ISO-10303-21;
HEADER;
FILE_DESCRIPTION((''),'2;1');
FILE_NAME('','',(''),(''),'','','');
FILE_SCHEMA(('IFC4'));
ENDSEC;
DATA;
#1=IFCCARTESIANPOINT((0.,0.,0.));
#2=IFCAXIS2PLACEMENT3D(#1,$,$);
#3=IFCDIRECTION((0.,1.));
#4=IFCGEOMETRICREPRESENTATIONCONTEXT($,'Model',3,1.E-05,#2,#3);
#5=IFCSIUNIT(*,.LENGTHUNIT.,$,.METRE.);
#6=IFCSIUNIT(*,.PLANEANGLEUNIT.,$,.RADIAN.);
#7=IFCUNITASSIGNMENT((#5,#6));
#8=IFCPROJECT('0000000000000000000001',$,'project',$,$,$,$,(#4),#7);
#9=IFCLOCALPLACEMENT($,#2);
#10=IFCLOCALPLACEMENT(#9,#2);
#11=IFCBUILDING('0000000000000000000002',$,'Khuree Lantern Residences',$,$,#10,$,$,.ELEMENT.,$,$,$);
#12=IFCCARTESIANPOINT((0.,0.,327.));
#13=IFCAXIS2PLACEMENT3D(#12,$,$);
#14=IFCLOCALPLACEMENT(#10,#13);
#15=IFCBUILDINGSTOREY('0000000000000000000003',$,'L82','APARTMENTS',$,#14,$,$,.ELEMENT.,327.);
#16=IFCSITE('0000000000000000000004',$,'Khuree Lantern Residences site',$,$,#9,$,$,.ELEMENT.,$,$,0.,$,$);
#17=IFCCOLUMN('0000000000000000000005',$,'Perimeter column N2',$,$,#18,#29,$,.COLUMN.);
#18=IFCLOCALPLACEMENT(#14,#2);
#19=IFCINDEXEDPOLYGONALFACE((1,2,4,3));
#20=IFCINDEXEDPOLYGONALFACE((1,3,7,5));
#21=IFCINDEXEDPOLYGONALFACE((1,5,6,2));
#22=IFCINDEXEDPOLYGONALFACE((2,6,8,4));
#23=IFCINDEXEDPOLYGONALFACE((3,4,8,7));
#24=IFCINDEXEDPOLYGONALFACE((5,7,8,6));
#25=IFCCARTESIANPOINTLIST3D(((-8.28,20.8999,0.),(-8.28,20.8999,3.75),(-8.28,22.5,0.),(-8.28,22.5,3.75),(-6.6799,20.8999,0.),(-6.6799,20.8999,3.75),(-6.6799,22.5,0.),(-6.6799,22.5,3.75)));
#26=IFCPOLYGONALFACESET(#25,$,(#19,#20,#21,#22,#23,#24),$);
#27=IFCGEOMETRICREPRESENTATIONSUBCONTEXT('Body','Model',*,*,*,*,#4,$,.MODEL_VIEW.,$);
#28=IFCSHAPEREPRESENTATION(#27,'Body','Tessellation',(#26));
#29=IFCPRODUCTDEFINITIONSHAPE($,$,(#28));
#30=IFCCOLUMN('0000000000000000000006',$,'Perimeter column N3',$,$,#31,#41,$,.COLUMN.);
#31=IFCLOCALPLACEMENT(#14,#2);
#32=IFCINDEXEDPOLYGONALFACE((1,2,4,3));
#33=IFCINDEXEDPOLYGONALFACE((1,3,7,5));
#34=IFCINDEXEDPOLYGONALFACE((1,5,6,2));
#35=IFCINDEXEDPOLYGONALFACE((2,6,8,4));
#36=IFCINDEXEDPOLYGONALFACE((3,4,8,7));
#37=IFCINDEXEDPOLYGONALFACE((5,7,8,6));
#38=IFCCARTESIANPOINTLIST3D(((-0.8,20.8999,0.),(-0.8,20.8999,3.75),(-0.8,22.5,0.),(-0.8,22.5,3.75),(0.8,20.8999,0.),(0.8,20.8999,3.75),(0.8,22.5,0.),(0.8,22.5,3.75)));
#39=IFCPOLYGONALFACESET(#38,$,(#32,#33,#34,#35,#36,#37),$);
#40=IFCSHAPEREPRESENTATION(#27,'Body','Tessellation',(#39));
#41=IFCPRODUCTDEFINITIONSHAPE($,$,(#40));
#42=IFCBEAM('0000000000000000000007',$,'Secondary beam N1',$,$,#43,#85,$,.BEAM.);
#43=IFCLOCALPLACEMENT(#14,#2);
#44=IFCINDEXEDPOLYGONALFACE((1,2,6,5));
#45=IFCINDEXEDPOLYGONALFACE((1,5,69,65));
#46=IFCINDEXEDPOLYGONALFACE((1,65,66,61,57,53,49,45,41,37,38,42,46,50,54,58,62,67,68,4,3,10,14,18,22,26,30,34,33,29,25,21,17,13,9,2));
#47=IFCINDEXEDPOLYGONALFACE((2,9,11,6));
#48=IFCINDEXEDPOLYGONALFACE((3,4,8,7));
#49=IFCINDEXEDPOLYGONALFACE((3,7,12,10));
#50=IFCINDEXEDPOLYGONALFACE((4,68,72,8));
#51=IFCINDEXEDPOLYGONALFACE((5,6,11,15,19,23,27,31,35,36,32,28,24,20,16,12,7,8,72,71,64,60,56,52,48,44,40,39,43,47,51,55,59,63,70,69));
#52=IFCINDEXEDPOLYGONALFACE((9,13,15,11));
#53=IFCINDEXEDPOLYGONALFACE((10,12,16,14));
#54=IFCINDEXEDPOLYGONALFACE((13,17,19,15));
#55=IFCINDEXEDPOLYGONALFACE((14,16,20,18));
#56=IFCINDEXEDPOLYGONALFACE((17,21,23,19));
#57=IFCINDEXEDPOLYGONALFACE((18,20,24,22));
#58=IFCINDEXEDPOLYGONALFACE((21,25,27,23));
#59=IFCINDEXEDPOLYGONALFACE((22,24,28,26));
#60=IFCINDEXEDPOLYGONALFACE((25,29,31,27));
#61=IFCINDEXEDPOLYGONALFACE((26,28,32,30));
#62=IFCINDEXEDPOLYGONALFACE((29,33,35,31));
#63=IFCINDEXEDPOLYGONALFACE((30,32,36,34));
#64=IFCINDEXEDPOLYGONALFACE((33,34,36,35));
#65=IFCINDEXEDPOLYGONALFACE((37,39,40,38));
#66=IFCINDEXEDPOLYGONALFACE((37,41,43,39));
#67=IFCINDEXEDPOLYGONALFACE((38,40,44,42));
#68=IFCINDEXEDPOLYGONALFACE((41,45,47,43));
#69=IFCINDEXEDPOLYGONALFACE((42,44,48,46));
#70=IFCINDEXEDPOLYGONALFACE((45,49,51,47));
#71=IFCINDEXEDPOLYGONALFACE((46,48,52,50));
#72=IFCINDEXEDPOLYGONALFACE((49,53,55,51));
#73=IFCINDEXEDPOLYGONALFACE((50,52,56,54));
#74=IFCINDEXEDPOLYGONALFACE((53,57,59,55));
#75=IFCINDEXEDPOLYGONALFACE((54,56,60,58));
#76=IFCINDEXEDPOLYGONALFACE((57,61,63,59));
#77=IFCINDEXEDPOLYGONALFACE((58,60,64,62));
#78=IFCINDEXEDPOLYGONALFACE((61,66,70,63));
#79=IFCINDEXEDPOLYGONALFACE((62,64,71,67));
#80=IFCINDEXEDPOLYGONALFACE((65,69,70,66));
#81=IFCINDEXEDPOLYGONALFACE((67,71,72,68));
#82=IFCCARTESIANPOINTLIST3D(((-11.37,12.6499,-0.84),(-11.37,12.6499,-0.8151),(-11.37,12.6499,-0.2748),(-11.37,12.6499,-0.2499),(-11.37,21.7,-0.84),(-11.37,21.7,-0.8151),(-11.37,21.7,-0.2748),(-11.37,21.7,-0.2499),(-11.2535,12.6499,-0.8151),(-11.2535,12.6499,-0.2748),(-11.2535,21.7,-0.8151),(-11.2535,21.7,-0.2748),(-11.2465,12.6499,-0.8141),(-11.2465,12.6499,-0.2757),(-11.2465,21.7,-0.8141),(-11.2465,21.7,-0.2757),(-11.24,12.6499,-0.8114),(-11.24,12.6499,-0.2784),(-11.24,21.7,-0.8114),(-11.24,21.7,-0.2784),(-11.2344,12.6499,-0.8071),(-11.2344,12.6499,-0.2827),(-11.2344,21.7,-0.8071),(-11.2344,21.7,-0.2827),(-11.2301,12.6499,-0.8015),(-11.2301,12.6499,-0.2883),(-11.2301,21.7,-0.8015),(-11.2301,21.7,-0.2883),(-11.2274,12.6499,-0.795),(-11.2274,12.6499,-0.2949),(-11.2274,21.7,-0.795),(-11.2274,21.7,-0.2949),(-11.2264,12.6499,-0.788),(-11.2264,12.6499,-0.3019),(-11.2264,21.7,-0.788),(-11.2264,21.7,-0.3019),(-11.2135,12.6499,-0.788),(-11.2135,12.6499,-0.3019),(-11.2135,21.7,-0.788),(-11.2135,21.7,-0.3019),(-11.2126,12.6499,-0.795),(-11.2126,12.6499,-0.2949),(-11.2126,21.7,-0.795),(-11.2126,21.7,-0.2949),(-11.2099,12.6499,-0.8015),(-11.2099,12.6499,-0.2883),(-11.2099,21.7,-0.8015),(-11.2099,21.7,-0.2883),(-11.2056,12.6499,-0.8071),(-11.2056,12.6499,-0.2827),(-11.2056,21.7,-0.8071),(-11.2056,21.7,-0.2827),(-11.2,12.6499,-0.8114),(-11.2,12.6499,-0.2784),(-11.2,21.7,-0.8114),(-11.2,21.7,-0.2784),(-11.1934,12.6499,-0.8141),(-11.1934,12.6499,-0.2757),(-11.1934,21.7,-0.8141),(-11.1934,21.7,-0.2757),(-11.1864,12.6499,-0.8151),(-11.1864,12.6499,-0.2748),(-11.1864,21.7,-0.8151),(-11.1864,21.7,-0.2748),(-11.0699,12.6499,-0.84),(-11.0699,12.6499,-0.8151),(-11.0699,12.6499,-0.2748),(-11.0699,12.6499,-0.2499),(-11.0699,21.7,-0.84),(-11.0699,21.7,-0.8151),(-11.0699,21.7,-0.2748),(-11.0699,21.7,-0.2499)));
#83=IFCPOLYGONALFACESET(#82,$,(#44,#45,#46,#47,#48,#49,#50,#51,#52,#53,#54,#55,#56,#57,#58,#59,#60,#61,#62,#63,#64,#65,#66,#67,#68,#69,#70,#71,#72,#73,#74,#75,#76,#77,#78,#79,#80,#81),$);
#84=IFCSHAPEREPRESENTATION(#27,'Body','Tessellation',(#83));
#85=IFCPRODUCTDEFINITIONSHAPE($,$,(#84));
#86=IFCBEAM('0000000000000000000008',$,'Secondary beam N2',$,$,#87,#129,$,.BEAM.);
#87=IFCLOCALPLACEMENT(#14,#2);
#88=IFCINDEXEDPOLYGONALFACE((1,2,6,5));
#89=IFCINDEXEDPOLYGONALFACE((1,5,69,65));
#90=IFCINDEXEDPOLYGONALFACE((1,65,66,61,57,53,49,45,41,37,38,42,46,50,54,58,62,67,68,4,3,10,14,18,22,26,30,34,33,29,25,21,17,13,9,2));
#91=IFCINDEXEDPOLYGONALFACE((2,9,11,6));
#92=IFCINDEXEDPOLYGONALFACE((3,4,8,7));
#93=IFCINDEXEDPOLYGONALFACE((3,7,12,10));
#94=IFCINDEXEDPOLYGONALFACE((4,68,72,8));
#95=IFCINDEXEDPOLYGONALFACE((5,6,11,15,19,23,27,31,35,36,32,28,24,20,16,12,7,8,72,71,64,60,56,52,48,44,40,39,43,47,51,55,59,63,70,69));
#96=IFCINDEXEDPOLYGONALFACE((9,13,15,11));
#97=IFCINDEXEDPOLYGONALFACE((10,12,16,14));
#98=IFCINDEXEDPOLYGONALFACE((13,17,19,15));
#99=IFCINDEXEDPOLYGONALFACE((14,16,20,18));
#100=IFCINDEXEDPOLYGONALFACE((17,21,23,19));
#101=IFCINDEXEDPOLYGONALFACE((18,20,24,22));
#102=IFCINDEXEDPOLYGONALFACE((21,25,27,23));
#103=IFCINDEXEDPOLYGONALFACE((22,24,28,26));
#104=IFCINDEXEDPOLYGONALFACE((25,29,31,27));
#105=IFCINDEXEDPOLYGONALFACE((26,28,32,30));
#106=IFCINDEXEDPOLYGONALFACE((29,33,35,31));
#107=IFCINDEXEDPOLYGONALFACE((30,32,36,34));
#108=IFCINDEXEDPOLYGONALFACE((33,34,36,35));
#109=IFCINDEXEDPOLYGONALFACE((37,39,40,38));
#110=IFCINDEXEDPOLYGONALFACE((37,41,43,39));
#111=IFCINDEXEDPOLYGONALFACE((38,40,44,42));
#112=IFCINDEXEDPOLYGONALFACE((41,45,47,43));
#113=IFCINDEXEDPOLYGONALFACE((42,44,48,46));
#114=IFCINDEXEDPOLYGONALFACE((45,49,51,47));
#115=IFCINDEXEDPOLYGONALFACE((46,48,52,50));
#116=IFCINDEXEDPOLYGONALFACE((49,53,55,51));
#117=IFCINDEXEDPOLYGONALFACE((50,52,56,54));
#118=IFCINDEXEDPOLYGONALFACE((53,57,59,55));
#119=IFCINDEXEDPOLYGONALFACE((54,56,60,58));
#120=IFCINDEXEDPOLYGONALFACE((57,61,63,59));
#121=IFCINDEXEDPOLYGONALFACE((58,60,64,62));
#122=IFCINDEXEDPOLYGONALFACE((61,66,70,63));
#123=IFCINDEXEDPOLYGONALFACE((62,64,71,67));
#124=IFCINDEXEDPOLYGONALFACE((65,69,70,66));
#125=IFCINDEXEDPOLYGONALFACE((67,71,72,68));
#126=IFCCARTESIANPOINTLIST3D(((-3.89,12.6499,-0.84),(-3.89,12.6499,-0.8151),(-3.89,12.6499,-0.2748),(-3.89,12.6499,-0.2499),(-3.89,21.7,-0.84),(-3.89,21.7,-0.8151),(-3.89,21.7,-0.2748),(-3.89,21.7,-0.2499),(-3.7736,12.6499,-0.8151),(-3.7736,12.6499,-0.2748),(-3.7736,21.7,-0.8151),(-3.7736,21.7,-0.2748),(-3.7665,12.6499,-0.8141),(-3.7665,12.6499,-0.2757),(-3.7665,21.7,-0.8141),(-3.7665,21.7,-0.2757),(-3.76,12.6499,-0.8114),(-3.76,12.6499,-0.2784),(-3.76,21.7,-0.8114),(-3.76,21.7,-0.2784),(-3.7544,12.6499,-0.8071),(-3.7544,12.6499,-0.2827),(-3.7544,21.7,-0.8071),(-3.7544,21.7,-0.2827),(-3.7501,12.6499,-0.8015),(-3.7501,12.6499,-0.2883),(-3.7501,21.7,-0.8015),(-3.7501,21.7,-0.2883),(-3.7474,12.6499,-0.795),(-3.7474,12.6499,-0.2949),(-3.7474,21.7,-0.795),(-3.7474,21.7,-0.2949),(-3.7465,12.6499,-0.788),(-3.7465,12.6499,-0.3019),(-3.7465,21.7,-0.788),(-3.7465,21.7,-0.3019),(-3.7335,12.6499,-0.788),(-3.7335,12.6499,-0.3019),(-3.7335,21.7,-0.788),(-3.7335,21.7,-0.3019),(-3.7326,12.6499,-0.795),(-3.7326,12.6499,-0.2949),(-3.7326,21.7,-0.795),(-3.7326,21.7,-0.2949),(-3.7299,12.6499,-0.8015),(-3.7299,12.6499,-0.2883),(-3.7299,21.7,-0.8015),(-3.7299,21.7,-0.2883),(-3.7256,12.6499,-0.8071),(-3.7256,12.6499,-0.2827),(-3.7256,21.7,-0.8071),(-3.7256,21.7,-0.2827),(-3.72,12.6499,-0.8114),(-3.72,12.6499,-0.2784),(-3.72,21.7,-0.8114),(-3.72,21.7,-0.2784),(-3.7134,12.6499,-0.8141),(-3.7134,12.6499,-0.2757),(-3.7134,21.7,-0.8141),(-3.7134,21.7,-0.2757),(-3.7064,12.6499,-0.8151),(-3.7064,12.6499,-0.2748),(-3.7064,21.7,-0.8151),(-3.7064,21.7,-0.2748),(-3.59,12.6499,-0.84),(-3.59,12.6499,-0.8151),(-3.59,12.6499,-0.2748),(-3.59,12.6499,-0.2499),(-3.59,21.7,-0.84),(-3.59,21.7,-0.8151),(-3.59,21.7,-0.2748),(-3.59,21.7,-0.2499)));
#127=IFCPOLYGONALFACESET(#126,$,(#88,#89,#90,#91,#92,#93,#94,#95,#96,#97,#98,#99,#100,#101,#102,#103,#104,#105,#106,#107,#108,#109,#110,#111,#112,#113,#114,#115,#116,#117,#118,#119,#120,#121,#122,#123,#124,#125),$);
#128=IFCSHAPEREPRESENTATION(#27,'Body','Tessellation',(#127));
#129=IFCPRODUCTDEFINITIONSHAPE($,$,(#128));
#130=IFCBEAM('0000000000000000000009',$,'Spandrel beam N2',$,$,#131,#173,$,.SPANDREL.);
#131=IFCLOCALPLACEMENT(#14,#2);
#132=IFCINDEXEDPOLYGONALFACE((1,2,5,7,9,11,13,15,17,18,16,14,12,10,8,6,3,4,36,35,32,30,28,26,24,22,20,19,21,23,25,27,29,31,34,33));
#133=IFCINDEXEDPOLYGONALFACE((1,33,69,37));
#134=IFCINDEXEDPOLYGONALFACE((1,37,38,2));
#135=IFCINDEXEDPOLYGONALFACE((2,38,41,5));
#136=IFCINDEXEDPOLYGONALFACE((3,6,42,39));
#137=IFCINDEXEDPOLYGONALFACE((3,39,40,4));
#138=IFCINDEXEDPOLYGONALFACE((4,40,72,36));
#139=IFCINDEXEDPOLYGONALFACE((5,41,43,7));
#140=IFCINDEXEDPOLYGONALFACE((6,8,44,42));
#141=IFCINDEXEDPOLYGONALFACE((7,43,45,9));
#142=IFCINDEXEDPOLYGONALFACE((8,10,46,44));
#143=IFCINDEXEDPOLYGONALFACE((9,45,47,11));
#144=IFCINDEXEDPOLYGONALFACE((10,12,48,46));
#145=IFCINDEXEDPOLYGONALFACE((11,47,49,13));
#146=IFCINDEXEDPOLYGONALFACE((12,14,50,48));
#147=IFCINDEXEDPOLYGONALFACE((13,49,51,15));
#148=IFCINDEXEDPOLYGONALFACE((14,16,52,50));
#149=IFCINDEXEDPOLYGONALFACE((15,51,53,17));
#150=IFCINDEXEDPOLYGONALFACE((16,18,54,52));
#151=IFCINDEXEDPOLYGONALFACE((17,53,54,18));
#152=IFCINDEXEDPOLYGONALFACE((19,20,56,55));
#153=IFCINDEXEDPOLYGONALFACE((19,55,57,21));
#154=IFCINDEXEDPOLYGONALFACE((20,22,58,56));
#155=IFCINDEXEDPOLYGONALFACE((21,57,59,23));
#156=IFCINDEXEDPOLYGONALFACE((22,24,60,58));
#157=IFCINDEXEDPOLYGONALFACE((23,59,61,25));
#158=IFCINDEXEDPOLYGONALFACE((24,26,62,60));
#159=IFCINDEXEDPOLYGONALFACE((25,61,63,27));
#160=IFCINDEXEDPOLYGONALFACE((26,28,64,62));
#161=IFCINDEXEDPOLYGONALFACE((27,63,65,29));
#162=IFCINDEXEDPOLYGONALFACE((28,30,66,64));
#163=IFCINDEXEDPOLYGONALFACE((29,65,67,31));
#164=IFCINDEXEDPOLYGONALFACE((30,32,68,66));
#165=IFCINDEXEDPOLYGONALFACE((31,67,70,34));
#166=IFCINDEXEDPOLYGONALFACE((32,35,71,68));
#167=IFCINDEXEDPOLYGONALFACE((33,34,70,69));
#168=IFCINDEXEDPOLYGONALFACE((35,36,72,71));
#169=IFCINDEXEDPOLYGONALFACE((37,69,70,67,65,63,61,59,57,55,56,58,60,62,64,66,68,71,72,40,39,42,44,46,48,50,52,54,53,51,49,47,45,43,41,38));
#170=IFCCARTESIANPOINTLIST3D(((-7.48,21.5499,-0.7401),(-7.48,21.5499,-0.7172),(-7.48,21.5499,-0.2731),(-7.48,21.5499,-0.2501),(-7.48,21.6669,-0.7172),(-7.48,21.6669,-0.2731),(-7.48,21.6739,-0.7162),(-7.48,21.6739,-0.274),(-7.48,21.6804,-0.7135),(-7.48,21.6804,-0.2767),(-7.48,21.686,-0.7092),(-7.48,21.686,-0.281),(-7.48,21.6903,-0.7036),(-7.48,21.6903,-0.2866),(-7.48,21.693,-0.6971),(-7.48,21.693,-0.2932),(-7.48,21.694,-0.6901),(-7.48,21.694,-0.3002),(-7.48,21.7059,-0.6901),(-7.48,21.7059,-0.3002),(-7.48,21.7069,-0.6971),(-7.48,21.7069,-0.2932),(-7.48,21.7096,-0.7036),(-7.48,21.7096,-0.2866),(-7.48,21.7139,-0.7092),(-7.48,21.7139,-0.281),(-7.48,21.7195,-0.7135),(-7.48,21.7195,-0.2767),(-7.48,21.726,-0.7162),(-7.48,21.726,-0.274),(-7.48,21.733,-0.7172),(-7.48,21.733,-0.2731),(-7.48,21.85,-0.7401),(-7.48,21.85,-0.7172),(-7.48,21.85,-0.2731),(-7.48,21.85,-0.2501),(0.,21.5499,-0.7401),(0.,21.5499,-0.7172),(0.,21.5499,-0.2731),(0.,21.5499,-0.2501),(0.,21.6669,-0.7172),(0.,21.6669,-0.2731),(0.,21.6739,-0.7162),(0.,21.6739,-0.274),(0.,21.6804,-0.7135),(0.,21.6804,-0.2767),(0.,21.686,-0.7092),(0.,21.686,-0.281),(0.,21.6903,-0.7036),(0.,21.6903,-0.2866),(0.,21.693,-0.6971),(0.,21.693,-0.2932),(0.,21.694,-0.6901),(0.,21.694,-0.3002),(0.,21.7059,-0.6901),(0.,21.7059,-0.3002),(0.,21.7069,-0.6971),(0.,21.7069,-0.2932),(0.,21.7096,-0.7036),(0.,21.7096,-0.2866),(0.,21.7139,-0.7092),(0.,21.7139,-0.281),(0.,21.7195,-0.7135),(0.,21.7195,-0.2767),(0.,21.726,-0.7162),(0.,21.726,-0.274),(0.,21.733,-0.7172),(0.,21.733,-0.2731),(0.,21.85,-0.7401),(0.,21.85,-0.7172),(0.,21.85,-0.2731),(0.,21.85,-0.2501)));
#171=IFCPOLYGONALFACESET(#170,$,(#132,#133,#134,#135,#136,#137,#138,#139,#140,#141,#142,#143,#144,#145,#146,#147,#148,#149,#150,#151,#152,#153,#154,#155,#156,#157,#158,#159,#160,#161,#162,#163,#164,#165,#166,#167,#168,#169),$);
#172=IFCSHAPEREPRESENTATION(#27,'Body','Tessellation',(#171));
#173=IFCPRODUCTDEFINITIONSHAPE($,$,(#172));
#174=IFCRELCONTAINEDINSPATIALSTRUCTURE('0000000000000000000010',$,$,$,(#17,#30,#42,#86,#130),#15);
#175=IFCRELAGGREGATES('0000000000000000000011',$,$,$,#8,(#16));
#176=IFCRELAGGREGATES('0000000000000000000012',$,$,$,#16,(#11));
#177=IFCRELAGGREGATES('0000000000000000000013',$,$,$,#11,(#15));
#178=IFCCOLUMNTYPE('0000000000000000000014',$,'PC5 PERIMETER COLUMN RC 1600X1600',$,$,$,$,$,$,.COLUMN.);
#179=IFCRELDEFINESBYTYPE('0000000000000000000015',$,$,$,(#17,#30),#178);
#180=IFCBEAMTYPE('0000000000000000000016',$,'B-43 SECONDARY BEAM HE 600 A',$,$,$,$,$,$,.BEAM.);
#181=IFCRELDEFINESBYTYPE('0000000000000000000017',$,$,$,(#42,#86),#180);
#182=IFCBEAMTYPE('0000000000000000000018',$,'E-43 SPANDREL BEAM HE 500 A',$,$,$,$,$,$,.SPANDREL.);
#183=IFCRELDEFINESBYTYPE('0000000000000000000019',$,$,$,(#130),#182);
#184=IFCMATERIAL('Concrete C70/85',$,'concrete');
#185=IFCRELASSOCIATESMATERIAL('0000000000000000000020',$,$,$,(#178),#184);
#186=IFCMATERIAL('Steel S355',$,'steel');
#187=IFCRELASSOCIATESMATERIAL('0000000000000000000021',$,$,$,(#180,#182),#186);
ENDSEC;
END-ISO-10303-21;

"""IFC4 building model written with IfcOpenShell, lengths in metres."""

from ifc_helpers import new_model, si_unit, direction, frame, origin, origin_2d, place, context, subcontext, project, spatial, rectangle, i_section, extrude, material, material_profile, profile_set, type_object, element, save


model = new_model("IFC4")

# Units and contexts
model_context = context("Model", 3, precision=1e-05, world=origin(), true_north=direction((0.0, 1.0)))
body_context = subcontext(model_context, "Body", "Model", "MODEL_VIEW")
ifc_project = project(units=[si_unit("LENGTHUNIT", "METRE"), si_unit("PLANEANGLEUNIT", "RADIAN")], contexts=[model_context])

# Site, building, storey
site_placement = place(None, origin())
site = spatial("IfcSite", under=ifc_project, at=site_placement, Name="Khuree Lantern Residences site", CompositionType="ELEMENT", RefElevation=0.0)
building_placement = place(site_placement, origin())
building = spatial("IfcBuilding", under=site, at=building_placement, Name="Khuree Lantern Residences", CompositionType="ELEMENT")
storey_placement = place(building_placement, frame((0.0, 0.0, 327.0)))
storey = spatial("IfcBuildingStorey", under=building, at=storey_placement, Name="L82", Description="APARTMENTS", CompositionType="ELEMENT", Elevation=327.0)

# Columns
ifc_material_1 = material(Name="Concrete C70/85", Category="concrete")
ifc_material_profile_1 = material_profile(ifc_material_1, rectangle(XDim=1.6001, YDim=1.6001, at=origin_2d()), Name="RC 1600X1600")
ifc_profile_set_1 = profile_set([ifc_material_profile_1], Name="Concrete C70/85")
column_type = type_object("IfcColumnType", Name="PC5 PERIMETER COLUMN RC 1600X1600", PredefinedType="COLUMN", material=ifc_profile_set_1)
for number, where, z_axis, x_axis, name in (
    (1, (-7.48, 21.7, 0.0), (0.0, 0.0, 1.0), (1.0, 0.0, 0.0), "Perimeter column N2"),
    (2, (0.0, 21.7, 0.0), (0.0, 0.0, 1.0), (1.0, 0.0, 0.0), "Perimeter column N3"),
):
    element("IfcColumn", number, at=place(storey_placement, frame(where, z_axis=z_axis, x_axis=x_axis)), inside=storey, type_object=column_type, Name=name, PredefinedType="COLUMN", context=body_context, shape_type="SweptSolid", body=[
        extrude(rectangle(XDim=1.6001, YDim=1.6001, at=origin_2d()), origin(), (0.0, 0.0, 1.0), 3.75),
    ])

# Beams
ifc_material_2 = material(Name="Steel S355", Category="steel")
ifc_material_profile_2 = material_profile(ifc_material_2, i_section(OverallWidth=0.3, OverallDepth=0.5901, WebThickness=0.0129, FlangeThickness=0.0249, FilletRadius=0.0271, at=origin_2d()), Name="HE 600 A")
ifc_profile_set_2 = profile_set([ifc_material_profile_2], Name="Steel S355")
beam_type_1 = type_object("IfcBeamType", Name="B-43 SECONDARY BEAM HE 600 A", PredefinedType="BEAM", material=ifc_profile_set_2)
for number, where, z_axis, x_axis, name in (
    (3, (-11.22, 21.7, -0.5449), (0.0, -1.0, 0.0), (1.0, 0.0, 0.0), "Secondary beam N1"),
    (4, (-3.74, 21.7, -0.5449), (0.0, -1.0, 0.0), (1.0, 0.0, 0.0), "Secondary beam N2"),
):
    element("IfcBeam", number, at=place(storey_placement, frame(where, z_axis=z_axis, x_axis=x_axis)), inside=storey, type_object=beam_type_1, Name=name, PredefinedType="BEAM", context=body_context, shape_type="SweptSolid", body=[
        extrude(i_section(OverallWidth=0.3, OverallDepth=0.5901, WebThickness=0.0129, FlangeThickness=0.0249, FilletRadius=0.0271, at=origin_2d()), origin(), (0.0, 0.0, 1.0), 9.05),
    ])
ifc_material_profile_3 = material_profile(ifc_material_2, i_section(OverallWidth=0.3, OverallDepth=0.49, WebThickness=0.012, FlangeThickness=0.0229, FilletRadius=0.0271, at=origin_2d()), Name="HE 500 A")
ifc_profile_set_3 = profile_set([ifc_material_profile_3], Name="Steel S355")
beam_type_2 = type_object("IfcBeamType", Name="E-43 SPANDREL BEAM HE 500 A", PredefinedType="SPANDREL", material=ifc_profile_set_3)
for number, where, z_axis, x_axis, name in (
    (5, (-7.48, 21.7, -0.4951), (1.0, 0.0, 0.0), (0.0, 1.0, 0.0), "Spandrel beam N2"),
):
    element("IfcBeam", number, at=place(storey_placement, frame(where, z_axis=z_axis, x_axis=x_axis)), inside=storey, type_object=beam_type_2, Name=name, PredefinedType="SPANDREL", context=body_context, shape_type="SweptSolid", body=[
        extrude(i_section(OverallWidth=0.3, OverallDepth=0.49, WebThickness=0.012, FlangeThickness=0.0229, FilletRadius=0.0271, at=origin_2d()), origin(), (0.0, 0.0, 1.0), 7.48),
    ])

save(model, "model.ifc")
